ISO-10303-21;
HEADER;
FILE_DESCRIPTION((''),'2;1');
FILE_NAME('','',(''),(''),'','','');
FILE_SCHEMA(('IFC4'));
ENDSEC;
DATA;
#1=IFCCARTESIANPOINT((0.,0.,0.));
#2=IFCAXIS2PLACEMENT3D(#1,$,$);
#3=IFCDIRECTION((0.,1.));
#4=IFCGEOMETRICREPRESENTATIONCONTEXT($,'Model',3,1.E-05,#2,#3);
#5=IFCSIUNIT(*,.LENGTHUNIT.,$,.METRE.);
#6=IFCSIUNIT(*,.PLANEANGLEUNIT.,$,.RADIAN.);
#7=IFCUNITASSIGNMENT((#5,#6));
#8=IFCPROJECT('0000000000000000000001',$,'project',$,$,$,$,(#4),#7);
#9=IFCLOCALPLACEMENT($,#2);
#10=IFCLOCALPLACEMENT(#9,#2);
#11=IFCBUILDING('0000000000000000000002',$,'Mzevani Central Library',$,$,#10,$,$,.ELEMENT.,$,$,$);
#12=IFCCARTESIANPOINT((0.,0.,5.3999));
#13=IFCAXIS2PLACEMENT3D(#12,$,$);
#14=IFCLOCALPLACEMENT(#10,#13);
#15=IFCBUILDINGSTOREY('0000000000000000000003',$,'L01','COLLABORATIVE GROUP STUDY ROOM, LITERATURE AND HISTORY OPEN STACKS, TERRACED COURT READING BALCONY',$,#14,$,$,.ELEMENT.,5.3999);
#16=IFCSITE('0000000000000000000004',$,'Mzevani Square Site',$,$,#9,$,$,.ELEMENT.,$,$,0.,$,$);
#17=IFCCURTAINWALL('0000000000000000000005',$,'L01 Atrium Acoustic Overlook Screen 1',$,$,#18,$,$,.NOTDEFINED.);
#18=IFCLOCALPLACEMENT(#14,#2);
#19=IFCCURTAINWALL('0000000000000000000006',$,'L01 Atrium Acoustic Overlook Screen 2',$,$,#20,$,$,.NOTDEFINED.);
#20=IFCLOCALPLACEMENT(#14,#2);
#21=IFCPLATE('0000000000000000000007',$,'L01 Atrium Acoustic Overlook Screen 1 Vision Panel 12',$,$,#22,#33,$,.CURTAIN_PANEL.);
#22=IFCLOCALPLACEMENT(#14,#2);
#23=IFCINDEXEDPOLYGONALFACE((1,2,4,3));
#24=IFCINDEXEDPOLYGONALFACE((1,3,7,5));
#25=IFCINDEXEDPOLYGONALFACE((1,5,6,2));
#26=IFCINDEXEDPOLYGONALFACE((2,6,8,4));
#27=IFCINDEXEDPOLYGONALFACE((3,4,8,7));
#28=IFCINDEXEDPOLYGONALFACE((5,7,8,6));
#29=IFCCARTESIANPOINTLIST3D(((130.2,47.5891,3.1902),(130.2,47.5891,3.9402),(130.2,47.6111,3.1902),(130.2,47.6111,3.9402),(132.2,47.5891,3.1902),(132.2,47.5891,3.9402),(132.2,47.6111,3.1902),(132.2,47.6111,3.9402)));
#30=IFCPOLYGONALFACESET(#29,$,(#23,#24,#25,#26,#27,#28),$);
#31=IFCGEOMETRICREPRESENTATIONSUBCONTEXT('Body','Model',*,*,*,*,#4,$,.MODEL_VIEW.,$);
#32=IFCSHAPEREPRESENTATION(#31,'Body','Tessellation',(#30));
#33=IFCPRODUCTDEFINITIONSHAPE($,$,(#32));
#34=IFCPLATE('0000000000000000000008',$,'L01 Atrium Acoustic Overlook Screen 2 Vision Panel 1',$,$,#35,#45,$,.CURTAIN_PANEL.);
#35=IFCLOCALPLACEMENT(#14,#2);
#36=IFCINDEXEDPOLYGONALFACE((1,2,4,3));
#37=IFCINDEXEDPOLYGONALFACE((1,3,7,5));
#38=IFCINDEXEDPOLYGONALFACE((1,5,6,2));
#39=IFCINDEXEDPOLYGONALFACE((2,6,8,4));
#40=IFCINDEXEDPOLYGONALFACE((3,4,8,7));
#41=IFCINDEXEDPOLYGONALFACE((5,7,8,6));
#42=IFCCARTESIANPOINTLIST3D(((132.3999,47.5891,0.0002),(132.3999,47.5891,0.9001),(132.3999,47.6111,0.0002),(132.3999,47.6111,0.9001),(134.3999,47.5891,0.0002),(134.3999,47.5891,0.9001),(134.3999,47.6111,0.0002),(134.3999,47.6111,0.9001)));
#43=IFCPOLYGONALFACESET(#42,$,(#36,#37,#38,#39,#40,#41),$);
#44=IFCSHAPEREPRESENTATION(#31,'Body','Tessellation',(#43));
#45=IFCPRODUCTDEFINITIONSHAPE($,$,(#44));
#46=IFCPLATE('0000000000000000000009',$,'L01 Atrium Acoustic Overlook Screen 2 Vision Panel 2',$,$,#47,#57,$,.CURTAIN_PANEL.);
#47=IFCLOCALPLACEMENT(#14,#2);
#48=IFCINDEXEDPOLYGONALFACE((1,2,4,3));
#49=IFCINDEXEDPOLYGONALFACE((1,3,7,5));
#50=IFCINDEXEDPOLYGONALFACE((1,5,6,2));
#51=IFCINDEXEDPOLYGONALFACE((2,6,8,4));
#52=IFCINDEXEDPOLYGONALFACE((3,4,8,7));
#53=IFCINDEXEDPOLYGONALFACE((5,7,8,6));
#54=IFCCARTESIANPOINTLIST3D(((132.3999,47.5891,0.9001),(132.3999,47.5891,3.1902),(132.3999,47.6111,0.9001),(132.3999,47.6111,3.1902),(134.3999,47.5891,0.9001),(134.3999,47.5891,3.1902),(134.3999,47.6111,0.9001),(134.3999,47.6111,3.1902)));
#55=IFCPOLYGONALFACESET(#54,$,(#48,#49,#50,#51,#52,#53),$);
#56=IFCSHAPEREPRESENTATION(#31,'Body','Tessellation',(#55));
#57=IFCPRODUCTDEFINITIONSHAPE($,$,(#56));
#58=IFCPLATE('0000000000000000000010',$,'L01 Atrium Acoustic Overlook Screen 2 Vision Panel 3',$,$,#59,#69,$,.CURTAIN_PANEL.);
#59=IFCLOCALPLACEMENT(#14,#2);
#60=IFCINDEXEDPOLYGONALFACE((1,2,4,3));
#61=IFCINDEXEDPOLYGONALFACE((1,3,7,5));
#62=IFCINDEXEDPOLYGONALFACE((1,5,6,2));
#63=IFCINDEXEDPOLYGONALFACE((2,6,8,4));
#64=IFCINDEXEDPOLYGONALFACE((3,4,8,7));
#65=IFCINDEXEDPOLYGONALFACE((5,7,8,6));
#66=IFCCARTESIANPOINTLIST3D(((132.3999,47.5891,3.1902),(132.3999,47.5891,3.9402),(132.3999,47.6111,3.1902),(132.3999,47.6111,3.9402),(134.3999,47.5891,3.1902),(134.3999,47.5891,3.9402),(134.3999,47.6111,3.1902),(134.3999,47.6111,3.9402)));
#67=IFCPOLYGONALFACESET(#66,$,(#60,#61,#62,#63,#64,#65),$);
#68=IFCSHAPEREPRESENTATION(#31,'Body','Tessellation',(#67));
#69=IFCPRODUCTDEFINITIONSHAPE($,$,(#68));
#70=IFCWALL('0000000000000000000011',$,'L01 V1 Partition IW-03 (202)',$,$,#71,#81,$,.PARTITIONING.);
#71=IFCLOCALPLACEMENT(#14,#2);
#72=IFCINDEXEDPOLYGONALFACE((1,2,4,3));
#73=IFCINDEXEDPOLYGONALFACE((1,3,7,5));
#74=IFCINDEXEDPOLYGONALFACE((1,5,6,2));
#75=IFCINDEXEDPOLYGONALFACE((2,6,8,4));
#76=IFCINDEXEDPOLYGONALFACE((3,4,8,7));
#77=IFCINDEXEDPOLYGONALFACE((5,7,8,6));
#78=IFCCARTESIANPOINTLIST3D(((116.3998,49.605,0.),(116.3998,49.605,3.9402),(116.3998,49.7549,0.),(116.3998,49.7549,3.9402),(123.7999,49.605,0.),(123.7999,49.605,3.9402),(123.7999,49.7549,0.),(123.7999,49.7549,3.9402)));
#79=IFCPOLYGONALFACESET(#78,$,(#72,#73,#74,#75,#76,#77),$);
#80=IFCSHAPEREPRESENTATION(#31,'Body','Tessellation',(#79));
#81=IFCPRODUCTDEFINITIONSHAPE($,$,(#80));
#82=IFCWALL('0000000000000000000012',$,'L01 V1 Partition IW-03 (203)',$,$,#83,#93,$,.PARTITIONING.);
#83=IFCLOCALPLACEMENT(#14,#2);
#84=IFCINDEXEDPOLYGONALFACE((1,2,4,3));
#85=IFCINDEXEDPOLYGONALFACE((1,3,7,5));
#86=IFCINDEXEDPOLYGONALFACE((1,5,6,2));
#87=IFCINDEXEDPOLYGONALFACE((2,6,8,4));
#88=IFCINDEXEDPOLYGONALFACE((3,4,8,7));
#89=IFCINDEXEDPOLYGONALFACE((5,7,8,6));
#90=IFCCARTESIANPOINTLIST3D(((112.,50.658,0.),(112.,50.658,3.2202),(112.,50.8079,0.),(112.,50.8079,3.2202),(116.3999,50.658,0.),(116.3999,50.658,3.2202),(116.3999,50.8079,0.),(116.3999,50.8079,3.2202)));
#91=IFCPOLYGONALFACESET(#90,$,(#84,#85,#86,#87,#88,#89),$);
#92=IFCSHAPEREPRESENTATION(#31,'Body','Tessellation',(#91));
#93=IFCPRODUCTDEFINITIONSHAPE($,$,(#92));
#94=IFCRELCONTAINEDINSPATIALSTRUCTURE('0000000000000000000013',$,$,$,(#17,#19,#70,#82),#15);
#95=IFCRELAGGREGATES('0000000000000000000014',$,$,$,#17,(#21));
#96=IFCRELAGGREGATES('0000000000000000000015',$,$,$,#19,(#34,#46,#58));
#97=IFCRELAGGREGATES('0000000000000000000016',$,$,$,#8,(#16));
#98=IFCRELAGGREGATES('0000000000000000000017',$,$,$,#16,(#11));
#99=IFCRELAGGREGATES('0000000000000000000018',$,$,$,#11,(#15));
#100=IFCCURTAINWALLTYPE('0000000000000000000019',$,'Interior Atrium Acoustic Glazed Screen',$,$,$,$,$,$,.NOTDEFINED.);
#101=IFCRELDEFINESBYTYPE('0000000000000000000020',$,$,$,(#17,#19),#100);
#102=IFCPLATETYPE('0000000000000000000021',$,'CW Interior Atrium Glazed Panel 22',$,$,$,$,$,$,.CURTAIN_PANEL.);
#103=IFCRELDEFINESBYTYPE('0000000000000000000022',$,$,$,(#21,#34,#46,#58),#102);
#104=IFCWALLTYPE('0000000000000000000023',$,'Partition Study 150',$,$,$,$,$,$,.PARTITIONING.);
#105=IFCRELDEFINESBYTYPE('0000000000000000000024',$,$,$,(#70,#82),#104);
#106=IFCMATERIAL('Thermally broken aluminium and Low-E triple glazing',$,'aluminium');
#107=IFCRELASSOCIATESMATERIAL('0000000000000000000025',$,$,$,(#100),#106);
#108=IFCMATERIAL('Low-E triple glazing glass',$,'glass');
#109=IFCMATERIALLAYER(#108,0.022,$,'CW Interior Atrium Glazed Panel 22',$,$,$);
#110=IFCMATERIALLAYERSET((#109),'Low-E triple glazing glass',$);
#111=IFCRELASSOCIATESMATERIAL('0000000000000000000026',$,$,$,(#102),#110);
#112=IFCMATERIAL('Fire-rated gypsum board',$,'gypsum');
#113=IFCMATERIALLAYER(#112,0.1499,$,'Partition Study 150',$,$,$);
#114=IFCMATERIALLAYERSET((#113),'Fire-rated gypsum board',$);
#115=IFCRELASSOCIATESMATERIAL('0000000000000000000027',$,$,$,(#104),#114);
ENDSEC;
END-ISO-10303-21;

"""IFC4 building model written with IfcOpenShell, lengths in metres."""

from ifc_helpers import new_model, si_unit, direction, frame, frame_2d, origin, origin_2d, place, context, subcontext, project, spatial, rectangle, extrude, material, layer, layer_set, type_object, element, aggregate, save


model = new_model("IFC4")

# Units and contexts
model_context = context("Model", 3, precision=1e-05, world=origin(), true_north=direction((0.0, 1.0)))
body_context = subcontext(model_context, "Body", "Model", "MODEL_VIEW")
ifc_project = project(units=[si_unit("LENGTHUNIT", "METRE"), si_unit("PLANEANGLEUNIT", "RADIAN")], contexts=[model_context])

# Site, building, storey
site_placement = place(None, origin())
site = spatial("IfcSite", under=ifc_project, at=site_placement, Name="Mzevani Square Site", CompositionType="ELEMENT", RefElevation=0.0)
building_placement = place(site_placement, origin())
building = spatial("IfcBuilding", under=site, at=building_placement, Name="Mzevani Central Library", CompositionType="ELEMENT")
storey_placement = place(building_placement, frame((0.0, 0.0, 5.3999)))
storey = spatial("IfcBuildingStorey", under=building, at=storey_placement, Name="L01", Description="COLLABORATIVE GROUP STUDY ROOM, LITERATURE AND HISTORY OPEN STACKS, TERRACED COURT READING BALCONY", CompositionType="ELEMENT", Elevation=5.3999)

# Curtain wall
ifc_material_1 = material(Name="Thermally broken aluminium and Low-E triple glazing", Category="aluminium")
curtain_wall_type = type_object("IfcCurtainWallType", Name="Interior Atrium Acoustic Glazed Screen", PredefinedType="NOTDEFINED", material=ifc_material_1)
curtain_wall_1_placement = place(storey_placement, origin())
curtain_wall_1 = element("IfcCurtainWall", 1, at=curtain_wall_1_placement, inside=storey, type_object=curtain_wall_type, Name="L01 Atrium Acoustic Overlook Screen 1", PredefinedType="NOTDEFINED")

# Curtain wall
curtain_wall_2_placement = place(storey_placement, origin())
curtain_wall_2 = element("IfcCurtainWall", 2, at=curtain_wall_2_placement, inside=storey, type_object=curtain_wall_type, Name="L01 Atrium Acoustic Overlook Screen 2", PredefinedType="NOTDEFINED")

# Plates
ifc_material_2 = material(Name="Low-E triple glazing glass", Category="glass")
ifc_layer_1 = layer(ifc_material_2, 0.022, Name="CW Interior Atrium Glazed Panel 22")
ifc_layer_set_1 = layer_set([ifc_layer_1], Name="Low-E triple glazing glass")
plate_type = type_object("IfcPlateType", Name="CW Interior Atrium Glazed Panel 22", PredefinedType="CURTAIN_PANEL", material=ifc_layer_set_1)
plate_1_placement = place(storey_placement, frame((131.2, 47.6001, 3.1902), z_axis=(0.0, 0.0, 1.0), x_axis=(1.0, 0.0, 0.0)))
plate_1 = element("IfcPlate", 3, at=plate_1_placement, type_object=plate_type, Name="L01 Atrium Acoustic Overlook Screen 1 Vision Panel 12", PredefinedType="CURTAIN_PANEL", context=body_context, shape_type="SweptSolid", body=[
    extrude(rectangle(XDim=2.0, YDim=0.022, at=origin_2d()), origin(), (0.0, 0.0, 1.0), 0.75),
])
aggregate(curtain_wall_1, [plate_1])
plate_2_placement = place(storey_placement, frame((133.3999, 47.6001, 0.0002), z_axis=(0.0, 0.0, 1.0), x_axis=(1.0, 0.0, 0.0)))
plate_2 = element("IfcPlate", 4, at=plate_2_placement, type_object=plate_type, Name="L01 Atrium Acoustic Overlook Screen 2 Vision Panel 1", PredefinedType="CURTAIN_PANEL", context=body_context, shape_type="SweptSolid", body=[
    extrude(rectangle(XDim=2.0, YDim=0.022, at=origin_2d()), origin(), (0.0, 0.0, 1.0), 0.8999),
])
plate_3_placement = place(storey_placement, frame((133.3999, 47.6001, 0.9001), z_axis=(0.0, 0.0, 1.0), x_axis=(1.0, 0.0, 0.0)))
plate_3 = element("IfcPlate", 5, at=plate_3_placement, type_object=plate_type, Name="L01 Atrium Acoustic Overlook Screen 2 Vision Panel 2", PredefinedType="CURTAIN_PANEL", context=body_context, shape_type="SweptSolid", body=[
    extrude(rectangle(XDim=2.0, YDim=0.022, at=origin_2d()), origin(), (0.0, 0.0, 1.0), 2.29),
])
plate_4_placement = place(storey_placement, frame((133.3999, 47.6001, 3.1902), z_axis=(0.0, 0.0, 1.0), x_axis=(1.0, 0.0, 0.0)))
plate_4 = element("IfcPlate", 6, at=plate_4_placement, type_object=plate_type, Name="L01 Atrium Acoustic Overlook Screen 2 Vision Panel 3", PredefinedType="CURTAIN_PANEL", context=body_context, shape_type="SweptSolid", body=[
    extrude(rectangle(XDim=2.0, YDim=0.022, at=origin_2d()), origin(), (0.0, 0.0, 1.0), 0.75),
])
aggregate(curtain_wall_2, [plate_2, plate_3, plate_4])

# Walls
ifc_material_3 = material(Name="Fire-rated gypsum board", Category="gypsum")
ifc_layer_2 = layer(ifc_material_3, 0.1499, Name="Partition Study 150")
ifc_layer_set_2 = layer_set([ifc_layer_2], Name="Fire-rated gypsum board")
wall_type = type_object("IfcWallType", Name="Partition Study 150", PredefinedType="PARTITIONING", material=ifc_layer_set_2)
wall_1_placement = place(storey_placement, frame((123.8, 49.6799, 0.0), z_axis=(0.0, 0.0, 1.0), x_axis=(-1.0, 0.0, 0.0)))
element("IfcWall", 7, at=wall_1_placement, inside=storey, type_object=wall_type, Name="L01 V1 Partition IW-03 (202)", PredefinedType="PARTITIONING", context=body_context, shape_type="SweptSolid", body=[
    extrude(rectangle(XDim=7.4001, YDim=0.1499, at=frame_2d((3.7002, 0.0))), origin(), (0.0, 0.0, 1.0), 3.9402),
])
wall_2_placement = place(storey_placement, frame((116.3999, 50.7329, 0.0), z_axis=(0.0, 0.0, 1.0), x_axis=(-1.0, 0.0, 0.0)))
element("IfcWall", 8, at=wall_2_placement, inside=storey, type_object=wall_type, Name="L01 V1 Partition IW-03 (203)", PredefinedType="PARTITIONING", context=body_context, shape_type="SweptSolid", body=[
    extrude(rectangle(XDim=4.3999, YDim=0.1499, at=frame_2d((2.2, 0.0))), origin(), (0.0, 0.0, 1.0), 3.2202),
])

save(model, "model.ifc")
